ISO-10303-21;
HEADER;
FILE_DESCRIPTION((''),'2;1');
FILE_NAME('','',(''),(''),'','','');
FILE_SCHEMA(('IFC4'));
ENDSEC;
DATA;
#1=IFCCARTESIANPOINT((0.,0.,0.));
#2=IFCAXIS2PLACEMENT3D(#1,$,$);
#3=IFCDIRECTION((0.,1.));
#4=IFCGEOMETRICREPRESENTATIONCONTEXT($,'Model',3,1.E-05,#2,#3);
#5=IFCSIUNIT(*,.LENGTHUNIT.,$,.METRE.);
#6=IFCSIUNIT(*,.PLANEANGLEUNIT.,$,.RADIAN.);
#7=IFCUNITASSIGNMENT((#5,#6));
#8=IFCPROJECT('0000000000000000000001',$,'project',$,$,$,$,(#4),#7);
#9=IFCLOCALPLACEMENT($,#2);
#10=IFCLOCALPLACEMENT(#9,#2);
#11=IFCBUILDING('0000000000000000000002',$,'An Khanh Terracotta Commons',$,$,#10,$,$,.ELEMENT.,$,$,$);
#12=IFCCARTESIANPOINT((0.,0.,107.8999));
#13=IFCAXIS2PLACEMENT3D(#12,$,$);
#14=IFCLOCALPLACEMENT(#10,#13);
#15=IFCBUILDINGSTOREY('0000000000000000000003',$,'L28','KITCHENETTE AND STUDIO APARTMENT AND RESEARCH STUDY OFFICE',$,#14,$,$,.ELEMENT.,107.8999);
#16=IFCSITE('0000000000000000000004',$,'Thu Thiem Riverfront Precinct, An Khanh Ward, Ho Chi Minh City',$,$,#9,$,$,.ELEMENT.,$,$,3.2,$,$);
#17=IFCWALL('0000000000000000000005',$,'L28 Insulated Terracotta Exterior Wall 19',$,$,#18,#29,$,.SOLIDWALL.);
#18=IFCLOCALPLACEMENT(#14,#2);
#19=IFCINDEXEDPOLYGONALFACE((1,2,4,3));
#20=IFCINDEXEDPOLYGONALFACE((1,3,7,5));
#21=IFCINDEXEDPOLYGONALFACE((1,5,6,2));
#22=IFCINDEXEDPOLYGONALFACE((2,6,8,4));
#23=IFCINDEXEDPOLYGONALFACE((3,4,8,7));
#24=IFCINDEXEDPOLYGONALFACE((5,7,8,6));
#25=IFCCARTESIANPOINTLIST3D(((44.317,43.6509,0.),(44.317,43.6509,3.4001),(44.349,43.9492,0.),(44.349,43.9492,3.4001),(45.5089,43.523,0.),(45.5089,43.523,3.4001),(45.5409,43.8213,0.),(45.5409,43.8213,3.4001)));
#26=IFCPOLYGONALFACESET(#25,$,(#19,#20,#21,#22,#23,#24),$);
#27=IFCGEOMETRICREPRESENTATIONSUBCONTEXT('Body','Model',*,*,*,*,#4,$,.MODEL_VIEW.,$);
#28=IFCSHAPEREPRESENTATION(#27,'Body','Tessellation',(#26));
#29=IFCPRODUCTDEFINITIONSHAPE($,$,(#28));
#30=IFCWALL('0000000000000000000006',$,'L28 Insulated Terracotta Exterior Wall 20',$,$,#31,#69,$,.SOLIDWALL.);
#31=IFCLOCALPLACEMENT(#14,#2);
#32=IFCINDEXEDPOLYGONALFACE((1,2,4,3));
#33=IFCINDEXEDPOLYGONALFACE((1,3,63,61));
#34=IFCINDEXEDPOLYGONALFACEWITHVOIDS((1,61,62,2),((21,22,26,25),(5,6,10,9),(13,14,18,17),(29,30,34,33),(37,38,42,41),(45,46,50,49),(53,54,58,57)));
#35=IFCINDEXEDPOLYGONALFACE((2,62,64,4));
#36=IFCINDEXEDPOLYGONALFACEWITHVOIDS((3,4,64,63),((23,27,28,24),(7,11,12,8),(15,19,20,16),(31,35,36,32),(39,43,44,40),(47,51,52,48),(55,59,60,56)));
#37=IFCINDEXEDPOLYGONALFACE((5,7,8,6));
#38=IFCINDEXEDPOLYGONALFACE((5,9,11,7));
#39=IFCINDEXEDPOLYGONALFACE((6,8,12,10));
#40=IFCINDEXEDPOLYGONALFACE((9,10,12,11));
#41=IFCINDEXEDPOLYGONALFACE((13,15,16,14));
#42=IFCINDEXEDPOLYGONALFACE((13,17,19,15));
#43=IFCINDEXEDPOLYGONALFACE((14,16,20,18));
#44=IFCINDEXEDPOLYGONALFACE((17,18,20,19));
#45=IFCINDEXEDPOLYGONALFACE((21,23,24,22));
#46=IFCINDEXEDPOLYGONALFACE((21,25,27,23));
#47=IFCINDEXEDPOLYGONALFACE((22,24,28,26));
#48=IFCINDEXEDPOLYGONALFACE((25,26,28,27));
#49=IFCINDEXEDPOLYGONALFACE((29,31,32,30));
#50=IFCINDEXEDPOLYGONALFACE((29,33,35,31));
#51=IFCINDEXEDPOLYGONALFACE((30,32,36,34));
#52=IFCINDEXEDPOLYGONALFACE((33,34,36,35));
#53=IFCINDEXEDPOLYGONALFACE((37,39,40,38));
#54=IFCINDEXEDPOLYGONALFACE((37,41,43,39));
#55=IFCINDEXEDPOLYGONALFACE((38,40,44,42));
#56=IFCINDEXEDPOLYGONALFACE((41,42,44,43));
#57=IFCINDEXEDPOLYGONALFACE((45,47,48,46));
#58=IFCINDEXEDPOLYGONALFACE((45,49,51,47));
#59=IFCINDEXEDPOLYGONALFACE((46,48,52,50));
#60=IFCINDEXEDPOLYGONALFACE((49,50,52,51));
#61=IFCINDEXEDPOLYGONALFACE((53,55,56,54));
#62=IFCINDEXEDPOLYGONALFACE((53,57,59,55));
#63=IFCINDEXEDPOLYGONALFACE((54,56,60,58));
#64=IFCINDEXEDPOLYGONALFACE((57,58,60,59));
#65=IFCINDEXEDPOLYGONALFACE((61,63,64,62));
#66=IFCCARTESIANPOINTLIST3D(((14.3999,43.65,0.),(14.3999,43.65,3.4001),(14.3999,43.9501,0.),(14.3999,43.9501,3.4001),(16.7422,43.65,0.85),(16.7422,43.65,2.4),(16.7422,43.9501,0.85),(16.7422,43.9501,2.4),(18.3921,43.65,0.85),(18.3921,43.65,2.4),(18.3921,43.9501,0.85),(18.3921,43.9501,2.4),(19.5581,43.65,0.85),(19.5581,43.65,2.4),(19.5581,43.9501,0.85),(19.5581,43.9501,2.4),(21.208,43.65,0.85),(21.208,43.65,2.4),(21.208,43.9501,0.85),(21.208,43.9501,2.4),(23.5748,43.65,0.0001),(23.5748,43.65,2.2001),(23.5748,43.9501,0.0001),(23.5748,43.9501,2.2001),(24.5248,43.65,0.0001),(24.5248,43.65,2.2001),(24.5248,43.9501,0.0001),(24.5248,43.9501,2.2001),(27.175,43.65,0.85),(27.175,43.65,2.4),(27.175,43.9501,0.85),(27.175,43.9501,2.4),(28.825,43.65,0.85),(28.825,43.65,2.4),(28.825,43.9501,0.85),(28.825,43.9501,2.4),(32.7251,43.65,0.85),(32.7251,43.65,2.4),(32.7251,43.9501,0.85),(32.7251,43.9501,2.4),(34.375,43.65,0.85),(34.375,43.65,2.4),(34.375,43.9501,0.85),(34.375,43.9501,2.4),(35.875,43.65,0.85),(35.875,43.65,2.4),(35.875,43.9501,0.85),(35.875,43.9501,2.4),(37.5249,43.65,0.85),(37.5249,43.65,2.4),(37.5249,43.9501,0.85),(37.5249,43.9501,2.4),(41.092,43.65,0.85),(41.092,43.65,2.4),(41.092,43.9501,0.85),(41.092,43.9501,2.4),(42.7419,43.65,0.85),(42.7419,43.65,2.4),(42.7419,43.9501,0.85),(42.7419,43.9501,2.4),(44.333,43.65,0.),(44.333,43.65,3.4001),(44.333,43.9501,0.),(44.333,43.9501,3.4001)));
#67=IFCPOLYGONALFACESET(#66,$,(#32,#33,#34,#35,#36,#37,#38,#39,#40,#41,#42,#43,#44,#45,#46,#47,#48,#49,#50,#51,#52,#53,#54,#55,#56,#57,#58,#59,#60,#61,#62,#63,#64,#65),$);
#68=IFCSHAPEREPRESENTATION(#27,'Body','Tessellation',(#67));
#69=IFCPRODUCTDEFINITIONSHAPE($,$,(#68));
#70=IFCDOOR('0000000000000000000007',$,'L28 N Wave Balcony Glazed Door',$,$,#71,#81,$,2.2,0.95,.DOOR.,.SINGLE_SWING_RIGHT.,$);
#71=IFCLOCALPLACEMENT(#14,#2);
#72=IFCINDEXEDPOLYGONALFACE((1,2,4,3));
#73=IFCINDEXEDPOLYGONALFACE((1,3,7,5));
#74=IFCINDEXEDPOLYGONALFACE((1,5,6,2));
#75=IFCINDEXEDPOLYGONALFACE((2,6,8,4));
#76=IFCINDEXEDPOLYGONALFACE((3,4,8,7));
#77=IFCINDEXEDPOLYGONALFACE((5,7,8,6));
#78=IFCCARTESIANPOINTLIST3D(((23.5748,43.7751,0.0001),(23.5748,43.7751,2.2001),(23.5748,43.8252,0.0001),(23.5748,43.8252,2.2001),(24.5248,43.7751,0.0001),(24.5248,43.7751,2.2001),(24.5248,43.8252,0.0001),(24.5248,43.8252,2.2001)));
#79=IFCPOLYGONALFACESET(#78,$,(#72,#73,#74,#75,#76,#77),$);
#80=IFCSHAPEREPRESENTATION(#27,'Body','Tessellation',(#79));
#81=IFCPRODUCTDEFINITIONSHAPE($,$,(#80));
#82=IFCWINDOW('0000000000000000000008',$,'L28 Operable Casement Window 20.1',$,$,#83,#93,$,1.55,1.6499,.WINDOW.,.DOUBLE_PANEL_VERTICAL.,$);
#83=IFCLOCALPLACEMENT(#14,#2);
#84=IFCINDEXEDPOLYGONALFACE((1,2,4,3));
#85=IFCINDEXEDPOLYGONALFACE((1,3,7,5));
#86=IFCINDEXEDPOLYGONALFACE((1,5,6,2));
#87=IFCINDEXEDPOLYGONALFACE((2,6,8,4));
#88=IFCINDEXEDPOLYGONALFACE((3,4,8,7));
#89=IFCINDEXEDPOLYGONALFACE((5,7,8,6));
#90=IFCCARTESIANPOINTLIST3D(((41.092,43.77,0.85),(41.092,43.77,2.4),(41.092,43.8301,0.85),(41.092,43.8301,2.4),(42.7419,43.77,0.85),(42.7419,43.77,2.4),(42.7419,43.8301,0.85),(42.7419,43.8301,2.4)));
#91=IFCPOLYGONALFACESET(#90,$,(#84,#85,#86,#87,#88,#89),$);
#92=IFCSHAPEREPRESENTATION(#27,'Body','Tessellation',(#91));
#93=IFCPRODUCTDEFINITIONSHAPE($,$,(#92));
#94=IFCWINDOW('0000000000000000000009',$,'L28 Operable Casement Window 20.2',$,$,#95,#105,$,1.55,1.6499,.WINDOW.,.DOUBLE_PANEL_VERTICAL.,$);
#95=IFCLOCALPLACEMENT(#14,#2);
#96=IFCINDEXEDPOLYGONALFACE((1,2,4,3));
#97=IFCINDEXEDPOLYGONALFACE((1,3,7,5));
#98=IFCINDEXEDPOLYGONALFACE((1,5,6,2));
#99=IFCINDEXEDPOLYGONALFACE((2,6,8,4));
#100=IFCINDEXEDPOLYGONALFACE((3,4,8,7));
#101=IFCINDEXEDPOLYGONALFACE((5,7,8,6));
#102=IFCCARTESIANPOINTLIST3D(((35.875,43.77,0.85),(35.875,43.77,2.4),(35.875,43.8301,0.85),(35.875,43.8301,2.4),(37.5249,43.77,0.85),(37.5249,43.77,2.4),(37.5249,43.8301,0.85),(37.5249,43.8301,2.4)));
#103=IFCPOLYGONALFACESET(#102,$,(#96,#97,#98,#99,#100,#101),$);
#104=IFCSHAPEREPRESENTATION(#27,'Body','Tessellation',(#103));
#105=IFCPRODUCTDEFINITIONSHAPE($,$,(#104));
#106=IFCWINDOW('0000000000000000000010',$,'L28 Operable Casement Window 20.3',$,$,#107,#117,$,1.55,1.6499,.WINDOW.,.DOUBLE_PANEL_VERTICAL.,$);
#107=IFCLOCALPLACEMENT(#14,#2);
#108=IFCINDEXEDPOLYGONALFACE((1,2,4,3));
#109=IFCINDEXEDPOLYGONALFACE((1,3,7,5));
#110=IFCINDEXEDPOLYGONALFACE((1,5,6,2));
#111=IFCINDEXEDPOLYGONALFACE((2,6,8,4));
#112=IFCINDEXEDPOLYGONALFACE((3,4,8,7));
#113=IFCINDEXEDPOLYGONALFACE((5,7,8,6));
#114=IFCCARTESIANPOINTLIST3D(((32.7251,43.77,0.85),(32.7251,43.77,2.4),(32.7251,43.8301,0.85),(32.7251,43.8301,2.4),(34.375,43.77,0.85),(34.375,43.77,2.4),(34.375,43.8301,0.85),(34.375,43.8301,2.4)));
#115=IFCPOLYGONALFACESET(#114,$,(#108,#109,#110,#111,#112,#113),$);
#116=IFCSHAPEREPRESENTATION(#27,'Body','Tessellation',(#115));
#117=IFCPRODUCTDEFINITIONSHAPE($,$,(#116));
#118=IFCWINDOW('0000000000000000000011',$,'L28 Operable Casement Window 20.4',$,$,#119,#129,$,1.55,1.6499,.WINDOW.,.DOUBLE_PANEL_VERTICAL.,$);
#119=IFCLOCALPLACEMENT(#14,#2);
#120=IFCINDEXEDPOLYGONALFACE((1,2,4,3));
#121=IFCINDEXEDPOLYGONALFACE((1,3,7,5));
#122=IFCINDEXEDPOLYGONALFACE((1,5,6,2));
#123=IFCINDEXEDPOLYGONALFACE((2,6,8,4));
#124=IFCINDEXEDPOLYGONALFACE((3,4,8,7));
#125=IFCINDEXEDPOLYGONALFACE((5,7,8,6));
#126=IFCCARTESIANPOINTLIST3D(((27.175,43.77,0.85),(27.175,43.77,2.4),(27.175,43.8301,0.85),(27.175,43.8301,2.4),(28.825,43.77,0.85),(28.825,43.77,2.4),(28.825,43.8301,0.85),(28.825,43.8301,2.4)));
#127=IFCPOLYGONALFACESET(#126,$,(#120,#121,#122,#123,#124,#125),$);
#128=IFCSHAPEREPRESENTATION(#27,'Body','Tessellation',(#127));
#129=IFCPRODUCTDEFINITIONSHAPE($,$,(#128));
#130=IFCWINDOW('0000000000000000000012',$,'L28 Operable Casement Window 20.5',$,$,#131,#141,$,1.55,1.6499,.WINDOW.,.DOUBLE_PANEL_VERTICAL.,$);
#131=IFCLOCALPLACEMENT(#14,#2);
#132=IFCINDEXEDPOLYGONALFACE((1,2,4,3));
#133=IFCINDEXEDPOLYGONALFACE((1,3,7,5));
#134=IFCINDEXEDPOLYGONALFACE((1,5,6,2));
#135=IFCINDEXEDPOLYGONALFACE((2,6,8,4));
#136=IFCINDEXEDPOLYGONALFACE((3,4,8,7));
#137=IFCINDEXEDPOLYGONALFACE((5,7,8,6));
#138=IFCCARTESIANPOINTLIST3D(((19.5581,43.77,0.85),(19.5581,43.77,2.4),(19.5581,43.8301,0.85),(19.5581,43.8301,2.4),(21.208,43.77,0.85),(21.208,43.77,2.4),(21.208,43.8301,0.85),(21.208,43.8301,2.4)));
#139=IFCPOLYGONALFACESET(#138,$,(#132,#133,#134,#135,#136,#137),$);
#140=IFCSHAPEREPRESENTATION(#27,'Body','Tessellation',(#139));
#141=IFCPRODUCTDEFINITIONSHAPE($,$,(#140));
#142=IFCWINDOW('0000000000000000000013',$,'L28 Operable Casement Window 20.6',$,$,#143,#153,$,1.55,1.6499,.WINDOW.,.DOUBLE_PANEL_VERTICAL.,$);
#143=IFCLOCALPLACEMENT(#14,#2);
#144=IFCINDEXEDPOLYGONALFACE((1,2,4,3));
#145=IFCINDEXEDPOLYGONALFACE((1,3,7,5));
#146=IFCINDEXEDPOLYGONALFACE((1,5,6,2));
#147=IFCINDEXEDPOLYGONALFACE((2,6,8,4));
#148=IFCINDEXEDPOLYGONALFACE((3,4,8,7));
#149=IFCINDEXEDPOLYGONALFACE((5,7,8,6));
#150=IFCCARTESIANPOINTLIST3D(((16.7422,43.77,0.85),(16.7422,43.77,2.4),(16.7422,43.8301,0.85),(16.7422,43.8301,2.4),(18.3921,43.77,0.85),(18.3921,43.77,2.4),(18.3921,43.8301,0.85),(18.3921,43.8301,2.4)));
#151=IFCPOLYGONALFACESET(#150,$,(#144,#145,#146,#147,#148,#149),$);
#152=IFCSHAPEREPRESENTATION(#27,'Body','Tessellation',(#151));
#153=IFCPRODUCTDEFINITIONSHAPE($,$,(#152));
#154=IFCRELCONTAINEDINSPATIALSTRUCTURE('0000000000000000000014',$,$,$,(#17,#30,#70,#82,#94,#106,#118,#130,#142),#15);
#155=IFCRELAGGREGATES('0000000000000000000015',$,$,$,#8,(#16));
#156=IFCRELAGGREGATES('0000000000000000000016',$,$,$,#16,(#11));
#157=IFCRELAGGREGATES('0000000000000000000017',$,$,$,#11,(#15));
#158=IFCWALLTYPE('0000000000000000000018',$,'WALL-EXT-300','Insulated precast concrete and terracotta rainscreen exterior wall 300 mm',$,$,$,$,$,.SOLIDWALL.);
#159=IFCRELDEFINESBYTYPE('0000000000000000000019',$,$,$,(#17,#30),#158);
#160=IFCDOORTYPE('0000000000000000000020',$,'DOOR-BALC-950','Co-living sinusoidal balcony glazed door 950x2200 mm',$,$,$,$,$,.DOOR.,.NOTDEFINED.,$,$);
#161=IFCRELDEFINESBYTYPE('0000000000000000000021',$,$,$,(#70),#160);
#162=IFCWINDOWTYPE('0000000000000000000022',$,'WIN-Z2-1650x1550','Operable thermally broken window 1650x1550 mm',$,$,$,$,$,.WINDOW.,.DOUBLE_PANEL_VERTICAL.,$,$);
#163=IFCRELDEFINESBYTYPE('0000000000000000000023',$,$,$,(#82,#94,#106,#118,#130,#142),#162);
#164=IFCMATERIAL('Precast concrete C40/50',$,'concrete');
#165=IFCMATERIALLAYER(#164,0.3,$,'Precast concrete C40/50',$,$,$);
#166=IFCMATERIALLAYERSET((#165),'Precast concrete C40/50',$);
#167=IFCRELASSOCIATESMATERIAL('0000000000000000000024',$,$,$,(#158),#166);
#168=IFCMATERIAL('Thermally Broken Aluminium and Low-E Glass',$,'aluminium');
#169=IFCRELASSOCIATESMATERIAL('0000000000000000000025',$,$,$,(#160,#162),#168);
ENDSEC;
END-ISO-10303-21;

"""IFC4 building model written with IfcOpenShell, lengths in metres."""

from ifc_helpers import new_model, si_unit, direction, frame, frame_2d, origin, place, context, subcontext, project, spatial, rectangle, extrude, material, layer, layer_set, type_object, element, fill, save


model = new_model("IFC4")

# Units and contexts
model_context = context("Model", 3, precision=1e-05, world=origin(), true_north=direction((0.0, 1.0)))
body_context = subcontext(model_context, "Body", "Model", "MODEL_VIEW")
ifc_project = project(units=[si_unit("LENGTHUNIT", "METRE"), si_unit("PLANEANGLEUNIT", "RADIAN")], contexts=[model_context])

# Site, building, storey
site_placement = place(None, origin())
site = spatial("IfcSite", under=ifc_project, at=site_placement, Name="Thu Thiem Riverfront Precinct, An Khanh Ward, Ho Chi Minh City", CompositionType="ELEMENT", RefElevation=3.2)
building_placement = place(site_placement, origin())
building = spatial("IfcBuilding", under=site, at=building_placement, Name="An Khanh Terracotta Commons", CompositionType="ELEMENT")
storey_placement = place(building_placement, frame((0.0, 0.0, 107.8999)))
storey = spatial("IfcBuildingStorey", under=building, at=storey_placement, Name="L28", Description="KITCHENETTE AND STUDIO APARTMENT AND RESEARCH STUDY OFFICE", CompositionType="ELEMENT", Elevation=107.8999)

# Wall
ifc_material_1 = material(Name="Precast concrete C40/50", Category="concrete")
ifc_layer_1 = layer(ifc_material_1, 0.3, Name="Precast concrete C40/50")
ifc_layer_set_1 = layer_set([ifc_layer_1], Name="Precast concrete C40/50")
wall_type = type_object("IfcWallType", Name="WALL-EXT-300", Description="Insulated precast concrete and terracotta rainscreen exterior wall 300 mm", PredefinedType="SOLIDWALL", material=ifc_layer_set_1)
wall_1_placement = place(storey_placement, frame((45.5249, 43.6721, 0.0), z_axis=(0.0, 0.0, 1.0), x_axis=(-0.994289, 0.10672, 0.0)))
element("IfcWall", 1, at=wall_1_placement, inside=storey, type_object=wall_type, Name="L28 Insulated Terracotta Exterior Wall 19", PredefinedType="SOLIDWALL", context=body_context, shape_type="SweptSolid", body=[
    extrude(rectangle(XDim=1.1987, YDim=0.3, at=frame_2d((0.5994, 0.0))), origin(), (0.0, 0.0, 1.0), 3.4001),
])

# Wall, openings, door, windows
wall_2_placement = place(storey_placement, frame((44.333, 43.8, 0.0), z_axis=(0.0, 0.0, 1.0), x_axis=(-1.0, 0.0, 0.0)))
wall_2 = element("IfcWall", 2, at=wall_2_placement, inside=storey, type_object=wall_type, Name="L28 Insulated Terracotta Exterior Wall 20", PredefinedType="SOLIDWALL", context=body_context, shape_type="SweptSolid", body=[
    extrude(rectangle(XDim=29.9331, YDim=0.3, at=frame_2d((14.9666, 0.0))), origin(), (0.0, 0.0, 1.0), 3.4001),
])
opening_1_placement = place(wall_2_placement, frame((19.8081, 0.0, 0.0)))
opening_1 = element("IfcOpeningElement", 3, at=opening_1_placement, cuts=wall_2, PredefinedType="OPENING", context=body_context, shape_type="SweptSolid", body=[
    extrude(rectangle(XDim=0.95, YDim=2.2, at=frame_2d((0.4751, 1.1001))), frame((0.0, 0.1599, 0.0), z_axis=(0.0, -1.0, 0.0), x_axis=(1.0, 0.0, 0.0)), (0.0, 0.0, 1.0), 0.3201),
])
opening_2_placement = place(wall_2_placement, frame((1.5911, 0.0, 0.8501)))
opening_2 = element("IfcOpeningElement", 4, at=opening_2_placement, cuts=wall_2, PredefinedType="OPENING", context=body_context, shape_type="SweptSolid", body=[
    extrude(rectangle(XDim=1.6499, YDim=1.55, at=frame_2d((0.825, 0.7749))), frame((0.0, 0.1599, 0.0), z_axis=(0.0, -1.0, 0.0), x_axis=(1.0, 0.0, 0.0)), (0.0, 0.0, 1.0), 0.3201),
])
opening_3_placement = place(wall_2_placement, frame((6.8081, 0.0, 0.8501)))
opening_3 = element("IfcOpeningElement", 5, at=opening_3_placement, cuts=wall_2, PredefinedType="OPENING", context=body_context, shape_type="SweptSolid", body=[
    extrude(rectangle(XDim=1.6499, YDim=1.55, at=frame_2d((0.825, 0.7749))), frame((0.0, 0.1599, 0.0), z_axis=(0.0, -1.0, 0.0), x_axis=(1.0, 0.0, 0.0)), (0.0, 0.0, 1.0), 0.3201),
])
opening_4_placement = place(wall_2_placement, frame((9.958, 0.0, 0.8501)))
opening_4 = element("IfcOpeningElement", 6, at=opening_4_placement, cuts=wall_2, PredefinedType="OPENING", context=body_context, shape_type="SweptSolid", body=[
    extrude(rectangle(XDim=1.6499, YDim=1.55, at=frame_2d((0.825, 0.7749))), frame((0.0, 0.1599, 0.0), z_axis=(0.0, -1.0, 0.0), x_axis=(1.0, 0.0, 0.0)), (0.0, 0.0, 1.0), 0.3201),
])
opening_5_placement = place(wall_2_placement, frame((15.5081, 0.0, 0.8501)))
opening_5 = element("IfcOpeningElement", 7, at=opening_5_placement, cuts=wall_2, PredefinedType="OPENING", context=body_context, shape_type="SweptSolid", body=[
    extrude(rectangle(XDim=1.6499, YDim=1.55, at=frame_2d((0.825, 0.7749))), frame((0.0, 0.1599, 0.0), z_axis=(0.0, -1.0, 0.0), x_axis=(1.0, 0.0, 0.0)), (0.0, 0.0, 1.0), 0.3201),
])
opening_6_placement = place(wall_2_placement, frame((23.125, 0.0, 0.8501)))
opening_6 = element("IfcOpeningElement", 8, at=opening_6_placement, cuts=wall_2, PredefinedType="OPENING", context=body_context, shape_type="SweptSolid", body=[
    extrude(rectangle(XDim=1.6499, YDim=1.55, at=frame_2d((0.825, 0.7749))), frame((0.0, 0.1599, 0.0), z_axis=(0.0, -1.0, 0.0), x_axis=(1.0, 0.0, 0.0)), (0.0, 0.0, 1.0), 0.3201),
])
opening_7_placement = place(wall_2_placement, frame((25.9409, 0.0, 0.8501)))
opening_7 = element("IfcOpeningElement", 9, at=opening_7_placement, cuts=wall_2, PredefinedType="OPENING", context=body_context, shape_type="SweptSolid", body=[
    extrude(rectangle(XDim=1.6499, YDim=1.55, at=frame_2d((0.825, 0.7749))), frame((0.0, 0.1599, 0.0), z_axis=(0.0, -1.0, 0.0), x_axis=(1.0, 0.0, 0.0)), (0.0, 0.0, 1.0), 0.3201),
])
ifc_material_2 = material(Name="Thermally Broken Aluminium and Low-E Glass", Category="aluminium")
door_type = type_object("IfcDoorType", Name="DOOR-BALC-950", Description="Co-living sinusoidal balcony glazed door 950x2200 mm", OperationType="NOTDEFINED", PredefinedType="DOOR", material=ifc_material_2)
door_placement = place(opening_1_placement, origin())
door = element("IfcDoor", 10, at=door_placement, inside=storey, type_object=door_type, Name="L28 N Wave Balcony Glazed Door", OperationType="SINGLE_SWING_RIGHT", OverallHeight=2.2, OverallWidth=0.95, PredefinedType="DOOR", context=body_context, shape_type="SweptSolid", body=[
    extrude(rectangle(XDim=0.95, YDim=2.2, at=frame_2d((0.4751, 1.1001))), frame((0.0, 0.0249, 0.0), z_axis=(0.0, -1.0, 0.0), x_axis=(1.0, 0.0, 0.0)), (0.0, 0.0, 1.0), 0.05),
])
fill(opening_1, door)
window_type = type_object("IfcWindowType", Name="WIN-Z2-1650x1550", Description="Operable thermally broken window 1650x1550 mm", PartitioningType="DOUBLE_PANEL_VERTICAL", PredefinedType="WINDOW", material=ifc_material_2)
window_1_placement = place(opening_2_placement, origin())
window_1 = element("IfcWindow", 11, at=window_1_placement, inside=storey, type_object=window_type, Name="L28 Operable Casement Window 20.1", OverallHeight=1.55, OverallWidth=1.6499, PartitioningType="DOUBLE_PANEL_VERTICAL", PredefinedType="WINDOW", context=body_context, shape_type="SweptSolid", body=[
    extrude(rectangle(XDim=1.6499, YDim=1.55, at=frame_2d((0.825, 0.7749))), frame((0.0, 0.03, 0.0), z_axis=(0.0, -1.0, 0.0), x_axis=(1.0, 0.0, 0.0)), (0.0, 0.0, 1.0), 0.0601),
])
fill(opening_2, window_1)
window_2_placement = place(opening_3_placement, origin())
window_2 = element("IfcWindow", 12, at=window_2_placement, inside=storey, type_object=window_type, Name="L28 Operable Casement Window 20.2", OverallHeight=1.55, OverallWidth=1.6499, PartitioningType="DOUBLE_PANEL_VERTICAL", PredefinedType="WINDOW", context=body_context, shape_type="SweptSolid", body=[
    extrude(rectangle(XDim=1.6499, YDim=1.55, at=frame_2d((0.825, 0.7749))), frame((0.0, 0.03, 0.0), z_axis=(0.0, -1.0, 0.0), x_axis=(1.0, 0.0, 0.0)), (0.0, 0.0, 1.0), 0.0601),
])
fill(opening_3, window_2)
window_3_placement = place(opening_4_placement, origin())
window_3 = element("IfcWindow", 13, at=window_3_placement, inside=storey, type_object=window_type, Name="L28 Operable Casement Window 20.3", OverallHeight=1.55, OverallWidth=1.6499, PartitioningType="DOUBLE_PANEL_VERTICAL", PredefinedType="WINDOW", context=body_context, shape_type="SweptSolid", body=[
    extrude(rectangle(XDim=1.6499, YDim=1.55, at=frame_2d((0.825, 0.7749))), frame((0.0, 0.03, 0.0), z_axis=(0.0, -1.0, 0.0), x_axis=(1.0, 0.0, 0.0)), (0.0, 0.0, 1.0), 0.0601),
])
fill(opening_4, window_3)
window_4_placement = place(opening_5_placement, origin())
window_4 = element("IfcWindow", 14, at=window_4_placement, inside=storey, type_object=window_type, Name="L28 Operable Casement Window 20.4", OverallHeight=1.55, OverallWidth=1.6499, PartitioningType="DOUBLE_PANEL_VERTICAL", PredefinedType="WINDOW", context=body_context, shape_type="SweptSolid", body=[
    extrude(rectangle(XDim=1.6499, YDim=1.55, at=frame_2d((0.825, 0.7749))), frame((0.0, 0.03, 0.0), z_axis=(0.0, -1.0, 0.0), x_axis=(1.0, 0.0, 0.0)), (0.0, 0.0, 1.0), 0.0601),
])
fill(opening_5, window_4)
window_5_placement = place(opening_6_placement, origin())
window_5 = element("IfcWindow", 15, at=window_5_placement, inside=storey, type_object=window_type, Name="L28 Operable Casement Window 20.5", OverallHeight=1.55, OverallWidth=1.6499, PartitioningType="DOUBLE_PANEL_VERTICAL", PredefinedType="WINDOW", context=body_context, shape_type="SweptSolid", body=[
    extrude(rectangle(XDim=1.6499, YDim=1.55, at=frame_2d((0.825, 0.7749))), frame((0.0, 0.03, 0.0), z_axis=(0.0, -1.0, 0.0), x_axis=(1.0, 0.0, 0.0)), (0.0, 0.0, 1.0), 0.0601),
])
fill(opening_6, window_5)
window_6_placement = place(opening_7_placement, origin())
window_6 = element("IfcWindow", 16, at=window_6_placement, inside=storey, type_object=window_type, Name="L28 Operable Casement Window 20.6", OverallHeight=1.55, OverallWidth=1.6499, PartitioningType="DOUBLE_PANEL_VERTICAL", PredefinedType="WINDOW", context=body_context, shape_type="SweptSolid", body=[
    extrude(rectangle(XDim=1.6499, YDim=1.55, at=frame_2d((0.825, 0.7749))), frame((0.0, 0.03, 0.0), z_axis=(0.0, -1.0, 0.0), x_axis=(1.0, 0.0, 0.0)), (0.0, 0.0, 1.0), 0.0601),
])
fill(opening_7, window_6)

save(model, "model.ifc")
